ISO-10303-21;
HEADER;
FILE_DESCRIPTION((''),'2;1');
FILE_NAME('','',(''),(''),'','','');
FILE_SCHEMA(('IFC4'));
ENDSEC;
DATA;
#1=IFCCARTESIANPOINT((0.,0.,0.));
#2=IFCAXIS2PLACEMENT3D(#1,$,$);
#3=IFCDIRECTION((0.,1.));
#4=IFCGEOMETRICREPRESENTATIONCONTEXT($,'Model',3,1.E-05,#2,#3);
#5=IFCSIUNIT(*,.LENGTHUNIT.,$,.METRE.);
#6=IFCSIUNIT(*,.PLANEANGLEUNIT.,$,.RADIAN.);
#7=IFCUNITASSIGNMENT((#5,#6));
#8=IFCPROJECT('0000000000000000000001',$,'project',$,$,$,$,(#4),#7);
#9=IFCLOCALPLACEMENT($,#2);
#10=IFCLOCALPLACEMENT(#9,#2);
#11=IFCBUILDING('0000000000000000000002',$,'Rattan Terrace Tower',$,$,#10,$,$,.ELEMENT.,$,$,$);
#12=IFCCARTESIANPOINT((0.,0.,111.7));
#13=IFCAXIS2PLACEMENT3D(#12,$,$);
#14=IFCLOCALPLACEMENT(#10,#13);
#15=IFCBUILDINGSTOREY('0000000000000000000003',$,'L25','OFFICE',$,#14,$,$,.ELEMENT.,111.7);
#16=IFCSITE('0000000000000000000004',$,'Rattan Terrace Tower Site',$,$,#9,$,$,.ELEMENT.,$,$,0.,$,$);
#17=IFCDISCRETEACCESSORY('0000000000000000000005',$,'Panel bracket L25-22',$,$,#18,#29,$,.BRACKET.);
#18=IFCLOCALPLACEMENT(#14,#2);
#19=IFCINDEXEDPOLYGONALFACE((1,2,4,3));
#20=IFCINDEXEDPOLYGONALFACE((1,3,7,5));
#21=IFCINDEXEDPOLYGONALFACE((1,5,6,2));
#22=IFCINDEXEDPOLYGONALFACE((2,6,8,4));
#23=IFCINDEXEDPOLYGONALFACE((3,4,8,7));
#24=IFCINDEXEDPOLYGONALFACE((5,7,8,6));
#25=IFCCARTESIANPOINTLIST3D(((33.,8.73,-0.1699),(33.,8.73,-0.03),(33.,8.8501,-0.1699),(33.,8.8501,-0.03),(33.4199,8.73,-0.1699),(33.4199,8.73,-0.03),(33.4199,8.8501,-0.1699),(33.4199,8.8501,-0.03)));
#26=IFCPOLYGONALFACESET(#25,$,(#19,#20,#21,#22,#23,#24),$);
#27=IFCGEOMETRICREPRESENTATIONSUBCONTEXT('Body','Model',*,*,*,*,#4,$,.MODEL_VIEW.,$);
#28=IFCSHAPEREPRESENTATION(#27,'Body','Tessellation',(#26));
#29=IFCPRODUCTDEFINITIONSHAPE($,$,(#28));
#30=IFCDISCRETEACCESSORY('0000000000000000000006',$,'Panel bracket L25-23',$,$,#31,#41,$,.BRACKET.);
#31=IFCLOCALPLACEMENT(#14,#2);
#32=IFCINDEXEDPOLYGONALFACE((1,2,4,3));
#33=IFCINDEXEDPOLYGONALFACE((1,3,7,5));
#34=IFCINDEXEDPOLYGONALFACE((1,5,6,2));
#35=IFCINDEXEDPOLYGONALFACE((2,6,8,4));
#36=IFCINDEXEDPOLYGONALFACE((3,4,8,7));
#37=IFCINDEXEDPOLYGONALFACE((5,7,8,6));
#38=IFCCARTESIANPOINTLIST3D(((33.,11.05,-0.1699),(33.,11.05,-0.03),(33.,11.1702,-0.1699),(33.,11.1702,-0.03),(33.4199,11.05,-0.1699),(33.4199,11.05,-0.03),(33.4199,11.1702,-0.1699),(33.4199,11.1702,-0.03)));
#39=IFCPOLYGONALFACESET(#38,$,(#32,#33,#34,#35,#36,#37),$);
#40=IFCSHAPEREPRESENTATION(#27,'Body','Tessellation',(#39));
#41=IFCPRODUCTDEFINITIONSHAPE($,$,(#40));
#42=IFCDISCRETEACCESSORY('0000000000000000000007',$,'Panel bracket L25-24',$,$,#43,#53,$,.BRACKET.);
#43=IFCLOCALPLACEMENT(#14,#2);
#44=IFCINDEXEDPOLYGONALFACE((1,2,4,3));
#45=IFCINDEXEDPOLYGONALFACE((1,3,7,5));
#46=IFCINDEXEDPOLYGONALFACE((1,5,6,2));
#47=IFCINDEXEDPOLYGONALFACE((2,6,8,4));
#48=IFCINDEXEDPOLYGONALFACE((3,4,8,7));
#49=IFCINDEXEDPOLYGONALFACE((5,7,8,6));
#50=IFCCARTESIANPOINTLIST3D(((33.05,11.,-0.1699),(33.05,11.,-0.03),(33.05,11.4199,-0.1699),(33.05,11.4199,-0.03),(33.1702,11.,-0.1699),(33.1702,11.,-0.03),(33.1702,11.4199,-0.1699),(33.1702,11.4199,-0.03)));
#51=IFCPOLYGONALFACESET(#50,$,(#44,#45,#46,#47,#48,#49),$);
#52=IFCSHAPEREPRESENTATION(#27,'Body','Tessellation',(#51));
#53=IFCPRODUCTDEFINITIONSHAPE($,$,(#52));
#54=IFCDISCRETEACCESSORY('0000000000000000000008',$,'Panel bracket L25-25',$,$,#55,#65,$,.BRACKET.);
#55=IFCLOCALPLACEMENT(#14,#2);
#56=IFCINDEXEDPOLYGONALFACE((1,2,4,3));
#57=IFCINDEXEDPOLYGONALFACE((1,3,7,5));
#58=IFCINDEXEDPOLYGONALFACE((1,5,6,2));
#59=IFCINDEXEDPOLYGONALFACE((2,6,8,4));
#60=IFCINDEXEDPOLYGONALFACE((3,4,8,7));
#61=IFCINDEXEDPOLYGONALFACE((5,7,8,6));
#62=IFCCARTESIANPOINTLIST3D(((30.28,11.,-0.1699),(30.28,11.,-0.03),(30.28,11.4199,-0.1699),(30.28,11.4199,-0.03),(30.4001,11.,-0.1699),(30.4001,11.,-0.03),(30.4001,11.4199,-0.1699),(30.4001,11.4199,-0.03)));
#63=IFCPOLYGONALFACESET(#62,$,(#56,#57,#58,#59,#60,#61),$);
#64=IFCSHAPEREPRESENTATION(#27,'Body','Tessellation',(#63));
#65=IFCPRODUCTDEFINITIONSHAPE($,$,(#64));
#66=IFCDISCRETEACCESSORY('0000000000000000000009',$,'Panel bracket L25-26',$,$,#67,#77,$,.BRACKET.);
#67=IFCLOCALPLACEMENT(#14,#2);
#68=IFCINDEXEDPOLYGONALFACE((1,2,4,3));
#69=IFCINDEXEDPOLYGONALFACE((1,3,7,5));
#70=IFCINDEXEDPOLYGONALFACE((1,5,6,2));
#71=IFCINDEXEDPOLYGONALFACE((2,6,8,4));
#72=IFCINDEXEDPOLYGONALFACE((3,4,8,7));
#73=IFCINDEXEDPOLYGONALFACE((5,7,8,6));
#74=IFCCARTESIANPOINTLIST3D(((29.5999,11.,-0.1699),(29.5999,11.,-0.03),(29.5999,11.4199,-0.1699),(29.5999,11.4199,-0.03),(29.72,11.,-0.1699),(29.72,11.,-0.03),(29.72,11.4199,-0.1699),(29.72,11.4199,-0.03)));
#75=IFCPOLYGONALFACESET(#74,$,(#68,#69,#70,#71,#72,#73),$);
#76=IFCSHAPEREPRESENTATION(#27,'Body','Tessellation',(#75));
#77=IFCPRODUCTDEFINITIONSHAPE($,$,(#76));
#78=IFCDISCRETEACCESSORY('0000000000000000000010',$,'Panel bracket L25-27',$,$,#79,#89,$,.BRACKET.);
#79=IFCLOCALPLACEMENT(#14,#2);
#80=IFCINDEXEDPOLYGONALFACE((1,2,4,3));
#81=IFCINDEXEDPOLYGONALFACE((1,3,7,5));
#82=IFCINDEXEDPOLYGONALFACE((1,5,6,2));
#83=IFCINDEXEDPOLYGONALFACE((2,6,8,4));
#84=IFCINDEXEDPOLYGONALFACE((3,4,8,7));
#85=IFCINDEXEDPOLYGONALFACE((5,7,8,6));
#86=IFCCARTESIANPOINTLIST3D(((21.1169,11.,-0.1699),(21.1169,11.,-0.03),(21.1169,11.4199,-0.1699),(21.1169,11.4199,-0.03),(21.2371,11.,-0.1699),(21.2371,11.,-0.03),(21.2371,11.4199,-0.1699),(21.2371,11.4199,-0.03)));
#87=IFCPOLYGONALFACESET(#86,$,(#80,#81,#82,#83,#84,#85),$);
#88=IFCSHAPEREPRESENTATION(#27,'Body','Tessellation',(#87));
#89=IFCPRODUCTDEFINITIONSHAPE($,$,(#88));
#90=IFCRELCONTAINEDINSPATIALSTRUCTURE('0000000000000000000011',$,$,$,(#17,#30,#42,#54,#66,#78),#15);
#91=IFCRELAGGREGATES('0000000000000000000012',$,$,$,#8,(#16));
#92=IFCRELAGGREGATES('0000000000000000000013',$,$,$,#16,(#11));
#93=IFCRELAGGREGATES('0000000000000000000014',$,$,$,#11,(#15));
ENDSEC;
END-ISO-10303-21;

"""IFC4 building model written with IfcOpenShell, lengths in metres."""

from ifc_helpers import new_model, si_unit, direction, frame, origin, origin_2d, place, context, subcontext, project, spatial, rectangle, extrude, element, save


model = new_model("IFC4")

# Units and contexts
model_context = context("Model", 3, precision=1e-05, world=origin(), true_north=direction((0.0, 1.0)))
body_context = subcontext(model_context, "Body", "Model", "MODEL_VIEW")
ifc_project = project(units=[si_unit("LENGTHUNIT", "METRE"), si_unit("PLANEANGLEUNIT", "RADIAN")], contexts=[model_context])

# Site, building, storey
site_placement = place(None, origin())
site = spatial("IfcSite", under=ifc_project, at=site_placement, Name="Rattan Terrace Tower Site", CompositionType="ELEMENT", RefElevation=0.0)
building_placement = place(site_placement, origin())
building = spatial("IfcBuilding", under=site, at=building_placement, Name="Rattan Terrace Tower", CompositionType="ELEMENT")
storey_placement = place(building_placement, frame((0.0, 0.0, 111.7)))
storey = spatial("IfcBuildingStorey", under=building, at=storey_placement, Name="L25", Description="OFFICE", CompositionType="ELEMENT", Elevation=111.7)

# Discrete accessories
for number, where, z_axis, x_axis, name in (
    (1, (33.21, 8.79, -0.1699), (0.0, 0.0, 1.0), (0.0, 1.0, 0.0), "Panel bracket L25-22"),
    (2, (33.21, 11.1101, -0.1699), (0.0, 0.0, 1.0), (0.0, 1.0, 0.0), "Panel bracket L25-23"),
    (3, (33.1101, 11.21, -0.1699), (0.0, 0.0, 1.0), (-1.0, 0.0, 0.0), "Panel bracket L25-24"),
    (4, (30.3401, 11.21, -0.1699), (0.0, 0.0, 1.0), (-1.0, 0.0, 0.0), "Panel bracket L25-25"),
    (5, (29.6599, 11.21, -0.1699), (0.0, 0.0, 1.0), (-1.0, 0.0, 0.0), "Panel bracket L25-26"),
    (6, (21.177, 11.21, -0.1699), (0.0, 0.0, 1.0), (-1.0, 0.0, 0.0), "Panel bracket L25-27"),
):
    element("IfcDiscreteAccessory", number, at=place(storey_placement, frame(where, z_axis=z_axis, x_axis=x_axis)), inside=storey, Name=name, PredefinedType="BRACKET", context=body_context, shape_type="SweptSolid", body=[
        extrude(rectangle(XDim=0.1201, YDim=0.4199, at=origin_2d()), origin(), (0.0, 0.0, 1.0), 0.1399),
    ])

save(model, "model.ifc")
